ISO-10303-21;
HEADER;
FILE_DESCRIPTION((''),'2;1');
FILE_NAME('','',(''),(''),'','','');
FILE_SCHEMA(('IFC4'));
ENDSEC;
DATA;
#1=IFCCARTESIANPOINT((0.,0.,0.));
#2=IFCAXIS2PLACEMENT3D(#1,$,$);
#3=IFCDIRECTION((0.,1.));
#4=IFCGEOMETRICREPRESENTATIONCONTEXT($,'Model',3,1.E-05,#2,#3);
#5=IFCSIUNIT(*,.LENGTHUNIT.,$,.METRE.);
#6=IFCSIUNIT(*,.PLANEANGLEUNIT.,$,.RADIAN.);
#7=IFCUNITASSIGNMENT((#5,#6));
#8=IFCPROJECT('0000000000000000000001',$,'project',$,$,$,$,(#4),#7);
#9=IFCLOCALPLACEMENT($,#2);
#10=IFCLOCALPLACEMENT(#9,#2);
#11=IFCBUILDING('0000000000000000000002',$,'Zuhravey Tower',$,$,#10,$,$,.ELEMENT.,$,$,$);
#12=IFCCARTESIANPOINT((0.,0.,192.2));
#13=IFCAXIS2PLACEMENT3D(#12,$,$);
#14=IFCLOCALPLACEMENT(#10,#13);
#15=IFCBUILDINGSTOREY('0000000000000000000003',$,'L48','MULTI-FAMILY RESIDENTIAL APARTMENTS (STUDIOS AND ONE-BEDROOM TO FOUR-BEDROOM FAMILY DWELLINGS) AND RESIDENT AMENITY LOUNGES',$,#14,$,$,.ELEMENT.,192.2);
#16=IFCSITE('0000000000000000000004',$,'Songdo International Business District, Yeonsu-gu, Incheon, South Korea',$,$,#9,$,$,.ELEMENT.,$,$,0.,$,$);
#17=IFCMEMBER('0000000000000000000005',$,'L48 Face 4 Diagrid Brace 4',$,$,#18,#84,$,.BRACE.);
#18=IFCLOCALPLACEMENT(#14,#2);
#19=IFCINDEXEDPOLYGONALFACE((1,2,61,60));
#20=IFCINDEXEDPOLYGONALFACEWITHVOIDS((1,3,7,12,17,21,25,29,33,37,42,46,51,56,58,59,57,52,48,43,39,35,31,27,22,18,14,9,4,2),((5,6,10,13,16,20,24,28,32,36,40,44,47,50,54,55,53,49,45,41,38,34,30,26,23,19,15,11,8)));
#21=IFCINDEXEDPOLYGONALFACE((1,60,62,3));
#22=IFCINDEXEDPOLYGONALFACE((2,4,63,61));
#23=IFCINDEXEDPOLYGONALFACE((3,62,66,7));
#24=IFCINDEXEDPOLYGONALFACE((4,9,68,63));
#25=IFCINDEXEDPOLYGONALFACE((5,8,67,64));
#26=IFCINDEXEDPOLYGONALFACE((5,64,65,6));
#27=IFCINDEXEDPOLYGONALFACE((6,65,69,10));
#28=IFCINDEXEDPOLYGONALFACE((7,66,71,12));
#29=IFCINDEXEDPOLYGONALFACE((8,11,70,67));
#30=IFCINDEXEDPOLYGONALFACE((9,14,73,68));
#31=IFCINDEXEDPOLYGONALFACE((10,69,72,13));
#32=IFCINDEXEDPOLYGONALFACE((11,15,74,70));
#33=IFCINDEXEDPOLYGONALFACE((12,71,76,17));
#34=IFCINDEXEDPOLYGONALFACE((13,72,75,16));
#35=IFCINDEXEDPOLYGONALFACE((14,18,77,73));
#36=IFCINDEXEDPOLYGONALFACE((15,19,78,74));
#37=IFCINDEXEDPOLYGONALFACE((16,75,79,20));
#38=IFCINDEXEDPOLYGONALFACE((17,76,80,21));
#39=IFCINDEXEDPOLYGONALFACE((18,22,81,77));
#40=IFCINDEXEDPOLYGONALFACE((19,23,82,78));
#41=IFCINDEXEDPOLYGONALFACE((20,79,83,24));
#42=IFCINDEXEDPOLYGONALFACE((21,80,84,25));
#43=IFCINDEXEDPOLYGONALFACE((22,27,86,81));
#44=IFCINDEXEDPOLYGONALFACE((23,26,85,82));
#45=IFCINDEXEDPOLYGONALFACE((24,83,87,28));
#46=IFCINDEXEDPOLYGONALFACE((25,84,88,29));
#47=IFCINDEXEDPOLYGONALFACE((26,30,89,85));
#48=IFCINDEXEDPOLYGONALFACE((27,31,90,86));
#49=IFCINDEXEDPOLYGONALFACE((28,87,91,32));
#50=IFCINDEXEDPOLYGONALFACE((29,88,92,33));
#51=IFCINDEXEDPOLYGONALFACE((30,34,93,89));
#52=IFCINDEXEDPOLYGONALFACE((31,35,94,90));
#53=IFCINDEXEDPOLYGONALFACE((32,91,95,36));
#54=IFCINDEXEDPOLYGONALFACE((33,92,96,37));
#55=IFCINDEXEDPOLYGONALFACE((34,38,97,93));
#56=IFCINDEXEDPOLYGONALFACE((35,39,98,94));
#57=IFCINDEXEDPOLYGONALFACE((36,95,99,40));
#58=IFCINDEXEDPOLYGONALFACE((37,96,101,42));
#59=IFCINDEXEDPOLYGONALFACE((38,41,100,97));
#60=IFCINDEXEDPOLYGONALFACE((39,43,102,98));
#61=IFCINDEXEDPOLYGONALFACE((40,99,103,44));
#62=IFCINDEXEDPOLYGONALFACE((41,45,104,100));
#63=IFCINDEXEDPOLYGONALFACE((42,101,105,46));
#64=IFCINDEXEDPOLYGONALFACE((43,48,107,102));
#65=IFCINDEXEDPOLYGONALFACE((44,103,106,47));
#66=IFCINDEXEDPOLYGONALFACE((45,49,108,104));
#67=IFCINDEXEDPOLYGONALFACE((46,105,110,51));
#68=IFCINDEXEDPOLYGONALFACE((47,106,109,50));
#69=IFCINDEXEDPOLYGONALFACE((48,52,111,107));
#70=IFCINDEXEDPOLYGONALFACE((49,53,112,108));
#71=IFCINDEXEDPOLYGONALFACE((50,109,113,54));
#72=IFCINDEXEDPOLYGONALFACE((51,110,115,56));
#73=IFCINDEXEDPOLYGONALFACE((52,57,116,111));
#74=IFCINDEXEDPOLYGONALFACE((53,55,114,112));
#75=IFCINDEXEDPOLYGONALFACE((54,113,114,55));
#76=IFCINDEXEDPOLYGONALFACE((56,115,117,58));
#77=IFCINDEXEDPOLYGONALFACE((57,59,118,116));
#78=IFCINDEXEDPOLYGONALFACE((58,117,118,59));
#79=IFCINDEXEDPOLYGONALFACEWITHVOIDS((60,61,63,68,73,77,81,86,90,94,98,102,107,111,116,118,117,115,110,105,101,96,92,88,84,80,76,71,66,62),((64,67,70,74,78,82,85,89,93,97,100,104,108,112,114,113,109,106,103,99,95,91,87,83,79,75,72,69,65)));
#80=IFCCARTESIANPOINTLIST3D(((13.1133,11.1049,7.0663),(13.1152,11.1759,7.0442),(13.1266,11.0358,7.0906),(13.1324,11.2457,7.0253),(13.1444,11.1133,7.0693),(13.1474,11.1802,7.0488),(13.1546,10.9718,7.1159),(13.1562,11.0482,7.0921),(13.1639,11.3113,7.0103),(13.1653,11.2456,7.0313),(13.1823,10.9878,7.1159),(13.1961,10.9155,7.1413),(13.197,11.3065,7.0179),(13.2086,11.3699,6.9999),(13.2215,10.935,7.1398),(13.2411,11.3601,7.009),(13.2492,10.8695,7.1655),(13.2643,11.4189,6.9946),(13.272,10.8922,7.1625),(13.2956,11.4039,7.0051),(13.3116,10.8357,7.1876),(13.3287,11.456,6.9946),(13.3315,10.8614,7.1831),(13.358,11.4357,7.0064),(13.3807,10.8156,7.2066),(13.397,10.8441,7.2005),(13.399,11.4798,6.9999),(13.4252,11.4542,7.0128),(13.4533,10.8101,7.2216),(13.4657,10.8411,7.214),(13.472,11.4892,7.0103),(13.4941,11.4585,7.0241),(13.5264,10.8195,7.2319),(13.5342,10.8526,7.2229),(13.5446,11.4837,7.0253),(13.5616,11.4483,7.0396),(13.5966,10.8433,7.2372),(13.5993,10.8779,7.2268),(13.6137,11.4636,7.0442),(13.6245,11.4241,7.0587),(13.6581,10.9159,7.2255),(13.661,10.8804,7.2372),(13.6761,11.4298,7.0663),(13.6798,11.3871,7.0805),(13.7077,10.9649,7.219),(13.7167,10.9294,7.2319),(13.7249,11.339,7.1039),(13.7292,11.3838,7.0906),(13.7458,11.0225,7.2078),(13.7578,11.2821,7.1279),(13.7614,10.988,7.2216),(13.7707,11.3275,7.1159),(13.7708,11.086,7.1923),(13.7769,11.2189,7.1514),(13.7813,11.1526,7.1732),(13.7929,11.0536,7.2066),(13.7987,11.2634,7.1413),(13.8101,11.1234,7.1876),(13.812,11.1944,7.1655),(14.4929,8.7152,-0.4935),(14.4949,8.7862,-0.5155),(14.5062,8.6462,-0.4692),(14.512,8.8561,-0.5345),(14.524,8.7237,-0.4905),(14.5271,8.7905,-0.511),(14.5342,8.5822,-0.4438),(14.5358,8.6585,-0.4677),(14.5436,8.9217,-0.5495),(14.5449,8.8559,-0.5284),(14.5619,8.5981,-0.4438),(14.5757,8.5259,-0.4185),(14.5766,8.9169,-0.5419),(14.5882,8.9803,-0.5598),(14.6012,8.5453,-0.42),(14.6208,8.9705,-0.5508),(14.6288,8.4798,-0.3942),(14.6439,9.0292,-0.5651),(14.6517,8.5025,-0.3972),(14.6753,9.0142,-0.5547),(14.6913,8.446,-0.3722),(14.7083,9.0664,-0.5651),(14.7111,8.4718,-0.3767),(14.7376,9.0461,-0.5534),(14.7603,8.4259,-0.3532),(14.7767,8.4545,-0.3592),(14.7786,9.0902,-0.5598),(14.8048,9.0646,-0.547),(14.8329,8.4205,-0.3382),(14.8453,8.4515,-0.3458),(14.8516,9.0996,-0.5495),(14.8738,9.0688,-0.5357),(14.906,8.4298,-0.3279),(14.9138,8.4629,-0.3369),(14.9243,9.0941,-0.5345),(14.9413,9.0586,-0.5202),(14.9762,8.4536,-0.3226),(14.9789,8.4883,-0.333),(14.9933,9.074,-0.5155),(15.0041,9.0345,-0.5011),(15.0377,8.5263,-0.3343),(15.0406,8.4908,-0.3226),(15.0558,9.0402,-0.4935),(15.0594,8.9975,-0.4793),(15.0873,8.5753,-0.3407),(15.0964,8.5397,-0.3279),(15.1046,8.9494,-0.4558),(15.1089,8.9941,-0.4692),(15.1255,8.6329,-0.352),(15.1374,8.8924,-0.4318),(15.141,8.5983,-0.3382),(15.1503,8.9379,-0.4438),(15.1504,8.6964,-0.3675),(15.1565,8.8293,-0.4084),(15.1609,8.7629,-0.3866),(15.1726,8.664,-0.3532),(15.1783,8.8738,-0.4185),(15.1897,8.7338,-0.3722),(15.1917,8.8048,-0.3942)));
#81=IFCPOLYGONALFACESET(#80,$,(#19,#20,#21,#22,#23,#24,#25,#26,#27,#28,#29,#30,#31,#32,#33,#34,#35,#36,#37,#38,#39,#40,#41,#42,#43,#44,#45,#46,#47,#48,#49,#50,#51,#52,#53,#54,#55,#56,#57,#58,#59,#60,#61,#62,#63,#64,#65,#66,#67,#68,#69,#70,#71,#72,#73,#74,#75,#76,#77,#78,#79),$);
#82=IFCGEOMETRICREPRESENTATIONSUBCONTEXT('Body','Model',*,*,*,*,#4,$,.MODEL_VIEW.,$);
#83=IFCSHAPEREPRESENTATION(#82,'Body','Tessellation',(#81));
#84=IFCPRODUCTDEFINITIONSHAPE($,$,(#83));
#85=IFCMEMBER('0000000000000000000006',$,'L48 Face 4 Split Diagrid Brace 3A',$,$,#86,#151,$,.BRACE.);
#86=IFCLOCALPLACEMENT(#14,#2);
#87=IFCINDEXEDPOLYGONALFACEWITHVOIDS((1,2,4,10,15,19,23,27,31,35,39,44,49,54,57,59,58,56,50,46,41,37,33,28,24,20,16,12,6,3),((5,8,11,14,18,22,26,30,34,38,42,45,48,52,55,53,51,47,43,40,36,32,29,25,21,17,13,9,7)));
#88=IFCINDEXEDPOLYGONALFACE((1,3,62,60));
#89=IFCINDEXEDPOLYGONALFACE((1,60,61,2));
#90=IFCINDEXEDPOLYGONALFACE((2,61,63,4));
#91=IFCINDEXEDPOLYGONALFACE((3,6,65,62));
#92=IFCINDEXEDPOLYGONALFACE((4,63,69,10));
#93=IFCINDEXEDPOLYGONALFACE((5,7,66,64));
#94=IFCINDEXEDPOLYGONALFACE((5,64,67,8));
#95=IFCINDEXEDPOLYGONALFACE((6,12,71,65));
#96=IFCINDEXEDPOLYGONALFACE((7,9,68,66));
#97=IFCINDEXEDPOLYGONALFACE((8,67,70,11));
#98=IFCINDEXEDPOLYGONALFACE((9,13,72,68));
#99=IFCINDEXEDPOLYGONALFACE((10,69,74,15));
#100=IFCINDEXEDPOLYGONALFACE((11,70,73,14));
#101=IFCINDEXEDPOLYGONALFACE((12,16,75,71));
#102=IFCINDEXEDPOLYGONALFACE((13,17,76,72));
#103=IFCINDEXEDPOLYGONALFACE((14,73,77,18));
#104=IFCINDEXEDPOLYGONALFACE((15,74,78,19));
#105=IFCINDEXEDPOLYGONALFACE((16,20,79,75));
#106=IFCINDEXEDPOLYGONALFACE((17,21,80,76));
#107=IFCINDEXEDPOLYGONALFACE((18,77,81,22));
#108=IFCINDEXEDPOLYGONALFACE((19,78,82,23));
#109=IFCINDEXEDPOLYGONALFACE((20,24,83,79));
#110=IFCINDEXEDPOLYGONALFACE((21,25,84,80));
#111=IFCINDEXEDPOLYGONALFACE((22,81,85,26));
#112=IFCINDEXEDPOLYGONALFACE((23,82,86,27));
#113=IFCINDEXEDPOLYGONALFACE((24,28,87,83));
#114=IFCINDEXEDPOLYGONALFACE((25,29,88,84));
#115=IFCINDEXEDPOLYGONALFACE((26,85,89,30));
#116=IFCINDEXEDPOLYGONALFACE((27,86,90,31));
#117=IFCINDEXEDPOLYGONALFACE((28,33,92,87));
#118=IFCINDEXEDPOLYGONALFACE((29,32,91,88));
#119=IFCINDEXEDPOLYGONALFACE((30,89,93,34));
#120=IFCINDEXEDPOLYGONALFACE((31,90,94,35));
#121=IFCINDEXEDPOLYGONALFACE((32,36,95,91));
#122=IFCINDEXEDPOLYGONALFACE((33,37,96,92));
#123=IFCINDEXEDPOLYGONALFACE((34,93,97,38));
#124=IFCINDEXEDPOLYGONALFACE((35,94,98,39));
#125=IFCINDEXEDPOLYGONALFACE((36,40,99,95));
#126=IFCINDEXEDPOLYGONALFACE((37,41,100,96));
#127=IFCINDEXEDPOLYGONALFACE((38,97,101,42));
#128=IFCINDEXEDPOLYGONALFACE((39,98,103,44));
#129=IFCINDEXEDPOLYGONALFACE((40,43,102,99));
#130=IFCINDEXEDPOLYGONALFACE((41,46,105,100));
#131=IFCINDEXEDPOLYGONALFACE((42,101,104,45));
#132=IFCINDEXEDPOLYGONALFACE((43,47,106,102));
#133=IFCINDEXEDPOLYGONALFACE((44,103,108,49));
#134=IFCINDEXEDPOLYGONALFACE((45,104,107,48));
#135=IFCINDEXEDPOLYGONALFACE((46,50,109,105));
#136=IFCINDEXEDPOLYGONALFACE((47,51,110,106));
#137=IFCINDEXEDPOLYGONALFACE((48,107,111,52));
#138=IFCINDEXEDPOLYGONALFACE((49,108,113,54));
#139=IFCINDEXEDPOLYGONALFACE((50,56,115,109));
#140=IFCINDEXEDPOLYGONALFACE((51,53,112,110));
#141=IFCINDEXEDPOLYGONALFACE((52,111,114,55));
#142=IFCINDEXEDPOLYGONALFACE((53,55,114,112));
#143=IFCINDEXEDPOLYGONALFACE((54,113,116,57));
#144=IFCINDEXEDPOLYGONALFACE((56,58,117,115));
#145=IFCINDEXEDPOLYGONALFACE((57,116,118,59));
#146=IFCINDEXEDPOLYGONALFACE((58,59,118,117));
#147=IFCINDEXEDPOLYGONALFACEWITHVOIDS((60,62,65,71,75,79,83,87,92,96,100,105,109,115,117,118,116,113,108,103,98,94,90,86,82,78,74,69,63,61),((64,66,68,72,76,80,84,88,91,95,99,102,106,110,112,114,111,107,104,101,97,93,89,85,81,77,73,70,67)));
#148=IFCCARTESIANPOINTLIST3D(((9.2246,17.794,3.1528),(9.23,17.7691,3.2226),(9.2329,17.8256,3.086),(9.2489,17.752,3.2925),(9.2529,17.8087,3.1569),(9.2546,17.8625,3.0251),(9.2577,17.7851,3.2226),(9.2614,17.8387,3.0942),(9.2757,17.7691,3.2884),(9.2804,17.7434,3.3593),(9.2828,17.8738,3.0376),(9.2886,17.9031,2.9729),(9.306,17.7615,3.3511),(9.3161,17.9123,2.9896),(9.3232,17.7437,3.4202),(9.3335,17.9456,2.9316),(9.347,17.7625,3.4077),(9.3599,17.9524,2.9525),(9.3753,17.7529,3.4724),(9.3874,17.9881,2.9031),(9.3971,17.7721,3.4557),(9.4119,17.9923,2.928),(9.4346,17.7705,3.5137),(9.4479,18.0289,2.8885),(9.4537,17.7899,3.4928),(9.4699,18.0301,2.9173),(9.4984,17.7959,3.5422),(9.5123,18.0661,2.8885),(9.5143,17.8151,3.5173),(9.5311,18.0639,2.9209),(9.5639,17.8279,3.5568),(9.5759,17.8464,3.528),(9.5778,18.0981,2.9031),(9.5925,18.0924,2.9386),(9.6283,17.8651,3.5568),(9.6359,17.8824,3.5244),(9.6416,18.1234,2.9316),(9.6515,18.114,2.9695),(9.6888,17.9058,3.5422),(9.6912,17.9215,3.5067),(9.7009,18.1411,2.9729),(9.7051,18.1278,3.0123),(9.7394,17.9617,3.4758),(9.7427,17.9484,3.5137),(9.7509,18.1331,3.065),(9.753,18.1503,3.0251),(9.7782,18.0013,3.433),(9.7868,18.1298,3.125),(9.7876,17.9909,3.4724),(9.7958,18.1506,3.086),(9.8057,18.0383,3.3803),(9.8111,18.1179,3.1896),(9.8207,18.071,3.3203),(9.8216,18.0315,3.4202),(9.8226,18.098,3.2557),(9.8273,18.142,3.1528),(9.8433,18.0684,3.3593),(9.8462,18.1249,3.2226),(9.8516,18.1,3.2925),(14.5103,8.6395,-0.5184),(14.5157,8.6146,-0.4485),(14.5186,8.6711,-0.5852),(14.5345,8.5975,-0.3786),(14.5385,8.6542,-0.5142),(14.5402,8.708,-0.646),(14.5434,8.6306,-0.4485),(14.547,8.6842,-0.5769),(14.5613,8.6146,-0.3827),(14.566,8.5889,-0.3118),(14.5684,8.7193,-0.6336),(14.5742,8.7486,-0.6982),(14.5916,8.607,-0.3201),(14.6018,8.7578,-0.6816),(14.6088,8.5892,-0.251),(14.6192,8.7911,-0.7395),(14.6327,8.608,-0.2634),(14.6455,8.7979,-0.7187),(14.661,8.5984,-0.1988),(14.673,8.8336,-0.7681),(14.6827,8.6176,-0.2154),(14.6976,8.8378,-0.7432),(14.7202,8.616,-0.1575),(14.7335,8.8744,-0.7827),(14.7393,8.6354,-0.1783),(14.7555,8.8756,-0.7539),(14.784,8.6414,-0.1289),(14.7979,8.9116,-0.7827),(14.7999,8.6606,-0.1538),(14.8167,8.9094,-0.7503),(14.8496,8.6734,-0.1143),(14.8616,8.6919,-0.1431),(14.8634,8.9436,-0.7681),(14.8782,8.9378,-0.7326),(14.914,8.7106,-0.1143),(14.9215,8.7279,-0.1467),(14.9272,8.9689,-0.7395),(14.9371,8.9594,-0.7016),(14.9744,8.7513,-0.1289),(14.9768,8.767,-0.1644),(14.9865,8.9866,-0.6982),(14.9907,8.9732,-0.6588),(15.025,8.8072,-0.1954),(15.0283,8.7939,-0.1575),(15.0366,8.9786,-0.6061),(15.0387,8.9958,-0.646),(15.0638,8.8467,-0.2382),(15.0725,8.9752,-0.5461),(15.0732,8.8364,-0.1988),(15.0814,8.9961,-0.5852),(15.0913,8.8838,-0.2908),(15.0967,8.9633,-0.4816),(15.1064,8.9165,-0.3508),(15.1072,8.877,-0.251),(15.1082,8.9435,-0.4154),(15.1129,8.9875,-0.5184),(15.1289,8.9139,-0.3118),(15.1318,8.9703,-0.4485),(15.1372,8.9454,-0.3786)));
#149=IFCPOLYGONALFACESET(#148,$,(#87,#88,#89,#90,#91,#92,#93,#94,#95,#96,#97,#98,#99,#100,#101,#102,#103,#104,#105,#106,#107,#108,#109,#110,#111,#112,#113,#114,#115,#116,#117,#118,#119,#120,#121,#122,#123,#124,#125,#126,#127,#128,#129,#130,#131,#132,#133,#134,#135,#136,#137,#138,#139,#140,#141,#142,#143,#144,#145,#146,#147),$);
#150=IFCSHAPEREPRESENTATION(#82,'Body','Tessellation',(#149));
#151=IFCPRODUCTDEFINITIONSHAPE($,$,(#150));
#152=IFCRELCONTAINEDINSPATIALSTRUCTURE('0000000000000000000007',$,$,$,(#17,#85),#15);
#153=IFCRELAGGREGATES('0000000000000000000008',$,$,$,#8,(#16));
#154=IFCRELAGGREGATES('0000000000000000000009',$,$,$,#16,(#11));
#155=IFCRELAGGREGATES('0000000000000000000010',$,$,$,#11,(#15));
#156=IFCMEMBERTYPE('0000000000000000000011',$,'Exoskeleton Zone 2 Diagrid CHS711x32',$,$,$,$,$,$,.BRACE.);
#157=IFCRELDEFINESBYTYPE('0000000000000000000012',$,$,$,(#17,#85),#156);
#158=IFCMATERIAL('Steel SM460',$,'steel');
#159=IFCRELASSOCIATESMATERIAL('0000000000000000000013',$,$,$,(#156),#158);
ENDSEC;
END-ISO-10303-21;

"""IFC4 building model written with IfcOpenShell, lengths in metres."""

from ifc_helpers import new_model, si_unit, direction, frame, origin, origin_2d, place, context, subcontext, project, spatial, hollow_circle, extrude, material, material_profile, profile_set, type_object, element, save


model = new_model("IFC4")

# Units and contexts
model_context = context("Model", 3, precision=1e-05, world=origin(), true_north=direction((0.0, 1.0)))
body_context = subcontext(model_context, "Body", "Model", "MODEL_VIEW")
ifc_project = project(units=[si_unit("LENGTHUNIT", "METRE"), si_unit("PLANEANGLEUNIT", "RADIAN")], contexts=[model_context])

# Site, building, storey
site_placement = place(None, origin())
site = spatial("IfcSite", under=ifc_project, at=site_placement, Name="Songdo International Business District, Yeonsu-gu, Incheon, South Korea", CompositionType="ELEMENT", RefElevation=0.0)
building_placement = place(site_placement, origin())
building = spatial("IfcBuilding", under=site, at=building_placement, Name="Zuhravey Tower", CompositionType="ELEMENT")
storey_placement = place(building_placement, frame((0.0, 0.0, 192.2)))
storey = spatial("IfcBuildingStorey", under=building, at=storey_placement, Name="L48", Description="MULTI-FAMILY RESIDENTIAL APARTMENTS (STUDIOS AND ONE-BEDROOM TO FOUR-BEDROOM FAMILY DWELLINGS) AND RESIDENT AMENITY LOUNGES", CompositionType="ELEMENT", Elevation=192.2)

# Members
ifc_material_1 = material(Name="Steel SM460", Category="steel")
ifc_material_profile_1 = material_profile(ifc_material_1, hollow_circle(Radius=0.3557, WallThickness=0.032, at=origin_2d()), Name="CHS-711.2x32")
ifc_profile_set_1 = profile_set([ifc_material_profile_1], Name="Steel SM460")
member_type_1 = type_object("IfcMemberType", Name="Exoskeleton Zone 2 Diagrid CHS711x32", PredefinedType="BRACE", material=ifc_profile_set_1)
member_1_placement = place(storey_placement, frame((14.8423, 8.76, -0.4438), z_axis=(-0.171434, 0.296938, 0.939382), x_axis=(-0.866029, -0.499993, 0.0)))
element("IfcMember", 1, at=member_1_placement, inside=storey, type_object=member_type_1, Name="L48 Face 4 Diagrid Brace 4", PredefinedType="BRACE", context=body_context, shape_type="SweptSolid", body=[
    extrude(hollow_circle(Radius=0.3557, WallThickness=0.032, at=origin_2d()), origin(), (0.0, 0.0, 1.0), 8.0476),
])
member_2_placement = place(storey_placement, frame((14.8237, 8.7925, -0.4485), z_axis=(-0.472345, 0.818084, 0.328067), x_axis=(-0.866014, -0.500019, 0.0)))
element("IfcMember", 2, at=member_2_placement, inside=storey, type_object=member_type_1, Name="L48 Face 4 Split Diagrid Brace 3A", PredefinedType="BRACE", context=body_context, shape_type="SweptSolid", body=[
    extrude(hollow_circle(Radius=0.3557, WallThickness=0.032, at=origin_2d()), origin(), (0.0, 0.0, 1.0), 11.1902),
])

save(model, "model.ifc")
